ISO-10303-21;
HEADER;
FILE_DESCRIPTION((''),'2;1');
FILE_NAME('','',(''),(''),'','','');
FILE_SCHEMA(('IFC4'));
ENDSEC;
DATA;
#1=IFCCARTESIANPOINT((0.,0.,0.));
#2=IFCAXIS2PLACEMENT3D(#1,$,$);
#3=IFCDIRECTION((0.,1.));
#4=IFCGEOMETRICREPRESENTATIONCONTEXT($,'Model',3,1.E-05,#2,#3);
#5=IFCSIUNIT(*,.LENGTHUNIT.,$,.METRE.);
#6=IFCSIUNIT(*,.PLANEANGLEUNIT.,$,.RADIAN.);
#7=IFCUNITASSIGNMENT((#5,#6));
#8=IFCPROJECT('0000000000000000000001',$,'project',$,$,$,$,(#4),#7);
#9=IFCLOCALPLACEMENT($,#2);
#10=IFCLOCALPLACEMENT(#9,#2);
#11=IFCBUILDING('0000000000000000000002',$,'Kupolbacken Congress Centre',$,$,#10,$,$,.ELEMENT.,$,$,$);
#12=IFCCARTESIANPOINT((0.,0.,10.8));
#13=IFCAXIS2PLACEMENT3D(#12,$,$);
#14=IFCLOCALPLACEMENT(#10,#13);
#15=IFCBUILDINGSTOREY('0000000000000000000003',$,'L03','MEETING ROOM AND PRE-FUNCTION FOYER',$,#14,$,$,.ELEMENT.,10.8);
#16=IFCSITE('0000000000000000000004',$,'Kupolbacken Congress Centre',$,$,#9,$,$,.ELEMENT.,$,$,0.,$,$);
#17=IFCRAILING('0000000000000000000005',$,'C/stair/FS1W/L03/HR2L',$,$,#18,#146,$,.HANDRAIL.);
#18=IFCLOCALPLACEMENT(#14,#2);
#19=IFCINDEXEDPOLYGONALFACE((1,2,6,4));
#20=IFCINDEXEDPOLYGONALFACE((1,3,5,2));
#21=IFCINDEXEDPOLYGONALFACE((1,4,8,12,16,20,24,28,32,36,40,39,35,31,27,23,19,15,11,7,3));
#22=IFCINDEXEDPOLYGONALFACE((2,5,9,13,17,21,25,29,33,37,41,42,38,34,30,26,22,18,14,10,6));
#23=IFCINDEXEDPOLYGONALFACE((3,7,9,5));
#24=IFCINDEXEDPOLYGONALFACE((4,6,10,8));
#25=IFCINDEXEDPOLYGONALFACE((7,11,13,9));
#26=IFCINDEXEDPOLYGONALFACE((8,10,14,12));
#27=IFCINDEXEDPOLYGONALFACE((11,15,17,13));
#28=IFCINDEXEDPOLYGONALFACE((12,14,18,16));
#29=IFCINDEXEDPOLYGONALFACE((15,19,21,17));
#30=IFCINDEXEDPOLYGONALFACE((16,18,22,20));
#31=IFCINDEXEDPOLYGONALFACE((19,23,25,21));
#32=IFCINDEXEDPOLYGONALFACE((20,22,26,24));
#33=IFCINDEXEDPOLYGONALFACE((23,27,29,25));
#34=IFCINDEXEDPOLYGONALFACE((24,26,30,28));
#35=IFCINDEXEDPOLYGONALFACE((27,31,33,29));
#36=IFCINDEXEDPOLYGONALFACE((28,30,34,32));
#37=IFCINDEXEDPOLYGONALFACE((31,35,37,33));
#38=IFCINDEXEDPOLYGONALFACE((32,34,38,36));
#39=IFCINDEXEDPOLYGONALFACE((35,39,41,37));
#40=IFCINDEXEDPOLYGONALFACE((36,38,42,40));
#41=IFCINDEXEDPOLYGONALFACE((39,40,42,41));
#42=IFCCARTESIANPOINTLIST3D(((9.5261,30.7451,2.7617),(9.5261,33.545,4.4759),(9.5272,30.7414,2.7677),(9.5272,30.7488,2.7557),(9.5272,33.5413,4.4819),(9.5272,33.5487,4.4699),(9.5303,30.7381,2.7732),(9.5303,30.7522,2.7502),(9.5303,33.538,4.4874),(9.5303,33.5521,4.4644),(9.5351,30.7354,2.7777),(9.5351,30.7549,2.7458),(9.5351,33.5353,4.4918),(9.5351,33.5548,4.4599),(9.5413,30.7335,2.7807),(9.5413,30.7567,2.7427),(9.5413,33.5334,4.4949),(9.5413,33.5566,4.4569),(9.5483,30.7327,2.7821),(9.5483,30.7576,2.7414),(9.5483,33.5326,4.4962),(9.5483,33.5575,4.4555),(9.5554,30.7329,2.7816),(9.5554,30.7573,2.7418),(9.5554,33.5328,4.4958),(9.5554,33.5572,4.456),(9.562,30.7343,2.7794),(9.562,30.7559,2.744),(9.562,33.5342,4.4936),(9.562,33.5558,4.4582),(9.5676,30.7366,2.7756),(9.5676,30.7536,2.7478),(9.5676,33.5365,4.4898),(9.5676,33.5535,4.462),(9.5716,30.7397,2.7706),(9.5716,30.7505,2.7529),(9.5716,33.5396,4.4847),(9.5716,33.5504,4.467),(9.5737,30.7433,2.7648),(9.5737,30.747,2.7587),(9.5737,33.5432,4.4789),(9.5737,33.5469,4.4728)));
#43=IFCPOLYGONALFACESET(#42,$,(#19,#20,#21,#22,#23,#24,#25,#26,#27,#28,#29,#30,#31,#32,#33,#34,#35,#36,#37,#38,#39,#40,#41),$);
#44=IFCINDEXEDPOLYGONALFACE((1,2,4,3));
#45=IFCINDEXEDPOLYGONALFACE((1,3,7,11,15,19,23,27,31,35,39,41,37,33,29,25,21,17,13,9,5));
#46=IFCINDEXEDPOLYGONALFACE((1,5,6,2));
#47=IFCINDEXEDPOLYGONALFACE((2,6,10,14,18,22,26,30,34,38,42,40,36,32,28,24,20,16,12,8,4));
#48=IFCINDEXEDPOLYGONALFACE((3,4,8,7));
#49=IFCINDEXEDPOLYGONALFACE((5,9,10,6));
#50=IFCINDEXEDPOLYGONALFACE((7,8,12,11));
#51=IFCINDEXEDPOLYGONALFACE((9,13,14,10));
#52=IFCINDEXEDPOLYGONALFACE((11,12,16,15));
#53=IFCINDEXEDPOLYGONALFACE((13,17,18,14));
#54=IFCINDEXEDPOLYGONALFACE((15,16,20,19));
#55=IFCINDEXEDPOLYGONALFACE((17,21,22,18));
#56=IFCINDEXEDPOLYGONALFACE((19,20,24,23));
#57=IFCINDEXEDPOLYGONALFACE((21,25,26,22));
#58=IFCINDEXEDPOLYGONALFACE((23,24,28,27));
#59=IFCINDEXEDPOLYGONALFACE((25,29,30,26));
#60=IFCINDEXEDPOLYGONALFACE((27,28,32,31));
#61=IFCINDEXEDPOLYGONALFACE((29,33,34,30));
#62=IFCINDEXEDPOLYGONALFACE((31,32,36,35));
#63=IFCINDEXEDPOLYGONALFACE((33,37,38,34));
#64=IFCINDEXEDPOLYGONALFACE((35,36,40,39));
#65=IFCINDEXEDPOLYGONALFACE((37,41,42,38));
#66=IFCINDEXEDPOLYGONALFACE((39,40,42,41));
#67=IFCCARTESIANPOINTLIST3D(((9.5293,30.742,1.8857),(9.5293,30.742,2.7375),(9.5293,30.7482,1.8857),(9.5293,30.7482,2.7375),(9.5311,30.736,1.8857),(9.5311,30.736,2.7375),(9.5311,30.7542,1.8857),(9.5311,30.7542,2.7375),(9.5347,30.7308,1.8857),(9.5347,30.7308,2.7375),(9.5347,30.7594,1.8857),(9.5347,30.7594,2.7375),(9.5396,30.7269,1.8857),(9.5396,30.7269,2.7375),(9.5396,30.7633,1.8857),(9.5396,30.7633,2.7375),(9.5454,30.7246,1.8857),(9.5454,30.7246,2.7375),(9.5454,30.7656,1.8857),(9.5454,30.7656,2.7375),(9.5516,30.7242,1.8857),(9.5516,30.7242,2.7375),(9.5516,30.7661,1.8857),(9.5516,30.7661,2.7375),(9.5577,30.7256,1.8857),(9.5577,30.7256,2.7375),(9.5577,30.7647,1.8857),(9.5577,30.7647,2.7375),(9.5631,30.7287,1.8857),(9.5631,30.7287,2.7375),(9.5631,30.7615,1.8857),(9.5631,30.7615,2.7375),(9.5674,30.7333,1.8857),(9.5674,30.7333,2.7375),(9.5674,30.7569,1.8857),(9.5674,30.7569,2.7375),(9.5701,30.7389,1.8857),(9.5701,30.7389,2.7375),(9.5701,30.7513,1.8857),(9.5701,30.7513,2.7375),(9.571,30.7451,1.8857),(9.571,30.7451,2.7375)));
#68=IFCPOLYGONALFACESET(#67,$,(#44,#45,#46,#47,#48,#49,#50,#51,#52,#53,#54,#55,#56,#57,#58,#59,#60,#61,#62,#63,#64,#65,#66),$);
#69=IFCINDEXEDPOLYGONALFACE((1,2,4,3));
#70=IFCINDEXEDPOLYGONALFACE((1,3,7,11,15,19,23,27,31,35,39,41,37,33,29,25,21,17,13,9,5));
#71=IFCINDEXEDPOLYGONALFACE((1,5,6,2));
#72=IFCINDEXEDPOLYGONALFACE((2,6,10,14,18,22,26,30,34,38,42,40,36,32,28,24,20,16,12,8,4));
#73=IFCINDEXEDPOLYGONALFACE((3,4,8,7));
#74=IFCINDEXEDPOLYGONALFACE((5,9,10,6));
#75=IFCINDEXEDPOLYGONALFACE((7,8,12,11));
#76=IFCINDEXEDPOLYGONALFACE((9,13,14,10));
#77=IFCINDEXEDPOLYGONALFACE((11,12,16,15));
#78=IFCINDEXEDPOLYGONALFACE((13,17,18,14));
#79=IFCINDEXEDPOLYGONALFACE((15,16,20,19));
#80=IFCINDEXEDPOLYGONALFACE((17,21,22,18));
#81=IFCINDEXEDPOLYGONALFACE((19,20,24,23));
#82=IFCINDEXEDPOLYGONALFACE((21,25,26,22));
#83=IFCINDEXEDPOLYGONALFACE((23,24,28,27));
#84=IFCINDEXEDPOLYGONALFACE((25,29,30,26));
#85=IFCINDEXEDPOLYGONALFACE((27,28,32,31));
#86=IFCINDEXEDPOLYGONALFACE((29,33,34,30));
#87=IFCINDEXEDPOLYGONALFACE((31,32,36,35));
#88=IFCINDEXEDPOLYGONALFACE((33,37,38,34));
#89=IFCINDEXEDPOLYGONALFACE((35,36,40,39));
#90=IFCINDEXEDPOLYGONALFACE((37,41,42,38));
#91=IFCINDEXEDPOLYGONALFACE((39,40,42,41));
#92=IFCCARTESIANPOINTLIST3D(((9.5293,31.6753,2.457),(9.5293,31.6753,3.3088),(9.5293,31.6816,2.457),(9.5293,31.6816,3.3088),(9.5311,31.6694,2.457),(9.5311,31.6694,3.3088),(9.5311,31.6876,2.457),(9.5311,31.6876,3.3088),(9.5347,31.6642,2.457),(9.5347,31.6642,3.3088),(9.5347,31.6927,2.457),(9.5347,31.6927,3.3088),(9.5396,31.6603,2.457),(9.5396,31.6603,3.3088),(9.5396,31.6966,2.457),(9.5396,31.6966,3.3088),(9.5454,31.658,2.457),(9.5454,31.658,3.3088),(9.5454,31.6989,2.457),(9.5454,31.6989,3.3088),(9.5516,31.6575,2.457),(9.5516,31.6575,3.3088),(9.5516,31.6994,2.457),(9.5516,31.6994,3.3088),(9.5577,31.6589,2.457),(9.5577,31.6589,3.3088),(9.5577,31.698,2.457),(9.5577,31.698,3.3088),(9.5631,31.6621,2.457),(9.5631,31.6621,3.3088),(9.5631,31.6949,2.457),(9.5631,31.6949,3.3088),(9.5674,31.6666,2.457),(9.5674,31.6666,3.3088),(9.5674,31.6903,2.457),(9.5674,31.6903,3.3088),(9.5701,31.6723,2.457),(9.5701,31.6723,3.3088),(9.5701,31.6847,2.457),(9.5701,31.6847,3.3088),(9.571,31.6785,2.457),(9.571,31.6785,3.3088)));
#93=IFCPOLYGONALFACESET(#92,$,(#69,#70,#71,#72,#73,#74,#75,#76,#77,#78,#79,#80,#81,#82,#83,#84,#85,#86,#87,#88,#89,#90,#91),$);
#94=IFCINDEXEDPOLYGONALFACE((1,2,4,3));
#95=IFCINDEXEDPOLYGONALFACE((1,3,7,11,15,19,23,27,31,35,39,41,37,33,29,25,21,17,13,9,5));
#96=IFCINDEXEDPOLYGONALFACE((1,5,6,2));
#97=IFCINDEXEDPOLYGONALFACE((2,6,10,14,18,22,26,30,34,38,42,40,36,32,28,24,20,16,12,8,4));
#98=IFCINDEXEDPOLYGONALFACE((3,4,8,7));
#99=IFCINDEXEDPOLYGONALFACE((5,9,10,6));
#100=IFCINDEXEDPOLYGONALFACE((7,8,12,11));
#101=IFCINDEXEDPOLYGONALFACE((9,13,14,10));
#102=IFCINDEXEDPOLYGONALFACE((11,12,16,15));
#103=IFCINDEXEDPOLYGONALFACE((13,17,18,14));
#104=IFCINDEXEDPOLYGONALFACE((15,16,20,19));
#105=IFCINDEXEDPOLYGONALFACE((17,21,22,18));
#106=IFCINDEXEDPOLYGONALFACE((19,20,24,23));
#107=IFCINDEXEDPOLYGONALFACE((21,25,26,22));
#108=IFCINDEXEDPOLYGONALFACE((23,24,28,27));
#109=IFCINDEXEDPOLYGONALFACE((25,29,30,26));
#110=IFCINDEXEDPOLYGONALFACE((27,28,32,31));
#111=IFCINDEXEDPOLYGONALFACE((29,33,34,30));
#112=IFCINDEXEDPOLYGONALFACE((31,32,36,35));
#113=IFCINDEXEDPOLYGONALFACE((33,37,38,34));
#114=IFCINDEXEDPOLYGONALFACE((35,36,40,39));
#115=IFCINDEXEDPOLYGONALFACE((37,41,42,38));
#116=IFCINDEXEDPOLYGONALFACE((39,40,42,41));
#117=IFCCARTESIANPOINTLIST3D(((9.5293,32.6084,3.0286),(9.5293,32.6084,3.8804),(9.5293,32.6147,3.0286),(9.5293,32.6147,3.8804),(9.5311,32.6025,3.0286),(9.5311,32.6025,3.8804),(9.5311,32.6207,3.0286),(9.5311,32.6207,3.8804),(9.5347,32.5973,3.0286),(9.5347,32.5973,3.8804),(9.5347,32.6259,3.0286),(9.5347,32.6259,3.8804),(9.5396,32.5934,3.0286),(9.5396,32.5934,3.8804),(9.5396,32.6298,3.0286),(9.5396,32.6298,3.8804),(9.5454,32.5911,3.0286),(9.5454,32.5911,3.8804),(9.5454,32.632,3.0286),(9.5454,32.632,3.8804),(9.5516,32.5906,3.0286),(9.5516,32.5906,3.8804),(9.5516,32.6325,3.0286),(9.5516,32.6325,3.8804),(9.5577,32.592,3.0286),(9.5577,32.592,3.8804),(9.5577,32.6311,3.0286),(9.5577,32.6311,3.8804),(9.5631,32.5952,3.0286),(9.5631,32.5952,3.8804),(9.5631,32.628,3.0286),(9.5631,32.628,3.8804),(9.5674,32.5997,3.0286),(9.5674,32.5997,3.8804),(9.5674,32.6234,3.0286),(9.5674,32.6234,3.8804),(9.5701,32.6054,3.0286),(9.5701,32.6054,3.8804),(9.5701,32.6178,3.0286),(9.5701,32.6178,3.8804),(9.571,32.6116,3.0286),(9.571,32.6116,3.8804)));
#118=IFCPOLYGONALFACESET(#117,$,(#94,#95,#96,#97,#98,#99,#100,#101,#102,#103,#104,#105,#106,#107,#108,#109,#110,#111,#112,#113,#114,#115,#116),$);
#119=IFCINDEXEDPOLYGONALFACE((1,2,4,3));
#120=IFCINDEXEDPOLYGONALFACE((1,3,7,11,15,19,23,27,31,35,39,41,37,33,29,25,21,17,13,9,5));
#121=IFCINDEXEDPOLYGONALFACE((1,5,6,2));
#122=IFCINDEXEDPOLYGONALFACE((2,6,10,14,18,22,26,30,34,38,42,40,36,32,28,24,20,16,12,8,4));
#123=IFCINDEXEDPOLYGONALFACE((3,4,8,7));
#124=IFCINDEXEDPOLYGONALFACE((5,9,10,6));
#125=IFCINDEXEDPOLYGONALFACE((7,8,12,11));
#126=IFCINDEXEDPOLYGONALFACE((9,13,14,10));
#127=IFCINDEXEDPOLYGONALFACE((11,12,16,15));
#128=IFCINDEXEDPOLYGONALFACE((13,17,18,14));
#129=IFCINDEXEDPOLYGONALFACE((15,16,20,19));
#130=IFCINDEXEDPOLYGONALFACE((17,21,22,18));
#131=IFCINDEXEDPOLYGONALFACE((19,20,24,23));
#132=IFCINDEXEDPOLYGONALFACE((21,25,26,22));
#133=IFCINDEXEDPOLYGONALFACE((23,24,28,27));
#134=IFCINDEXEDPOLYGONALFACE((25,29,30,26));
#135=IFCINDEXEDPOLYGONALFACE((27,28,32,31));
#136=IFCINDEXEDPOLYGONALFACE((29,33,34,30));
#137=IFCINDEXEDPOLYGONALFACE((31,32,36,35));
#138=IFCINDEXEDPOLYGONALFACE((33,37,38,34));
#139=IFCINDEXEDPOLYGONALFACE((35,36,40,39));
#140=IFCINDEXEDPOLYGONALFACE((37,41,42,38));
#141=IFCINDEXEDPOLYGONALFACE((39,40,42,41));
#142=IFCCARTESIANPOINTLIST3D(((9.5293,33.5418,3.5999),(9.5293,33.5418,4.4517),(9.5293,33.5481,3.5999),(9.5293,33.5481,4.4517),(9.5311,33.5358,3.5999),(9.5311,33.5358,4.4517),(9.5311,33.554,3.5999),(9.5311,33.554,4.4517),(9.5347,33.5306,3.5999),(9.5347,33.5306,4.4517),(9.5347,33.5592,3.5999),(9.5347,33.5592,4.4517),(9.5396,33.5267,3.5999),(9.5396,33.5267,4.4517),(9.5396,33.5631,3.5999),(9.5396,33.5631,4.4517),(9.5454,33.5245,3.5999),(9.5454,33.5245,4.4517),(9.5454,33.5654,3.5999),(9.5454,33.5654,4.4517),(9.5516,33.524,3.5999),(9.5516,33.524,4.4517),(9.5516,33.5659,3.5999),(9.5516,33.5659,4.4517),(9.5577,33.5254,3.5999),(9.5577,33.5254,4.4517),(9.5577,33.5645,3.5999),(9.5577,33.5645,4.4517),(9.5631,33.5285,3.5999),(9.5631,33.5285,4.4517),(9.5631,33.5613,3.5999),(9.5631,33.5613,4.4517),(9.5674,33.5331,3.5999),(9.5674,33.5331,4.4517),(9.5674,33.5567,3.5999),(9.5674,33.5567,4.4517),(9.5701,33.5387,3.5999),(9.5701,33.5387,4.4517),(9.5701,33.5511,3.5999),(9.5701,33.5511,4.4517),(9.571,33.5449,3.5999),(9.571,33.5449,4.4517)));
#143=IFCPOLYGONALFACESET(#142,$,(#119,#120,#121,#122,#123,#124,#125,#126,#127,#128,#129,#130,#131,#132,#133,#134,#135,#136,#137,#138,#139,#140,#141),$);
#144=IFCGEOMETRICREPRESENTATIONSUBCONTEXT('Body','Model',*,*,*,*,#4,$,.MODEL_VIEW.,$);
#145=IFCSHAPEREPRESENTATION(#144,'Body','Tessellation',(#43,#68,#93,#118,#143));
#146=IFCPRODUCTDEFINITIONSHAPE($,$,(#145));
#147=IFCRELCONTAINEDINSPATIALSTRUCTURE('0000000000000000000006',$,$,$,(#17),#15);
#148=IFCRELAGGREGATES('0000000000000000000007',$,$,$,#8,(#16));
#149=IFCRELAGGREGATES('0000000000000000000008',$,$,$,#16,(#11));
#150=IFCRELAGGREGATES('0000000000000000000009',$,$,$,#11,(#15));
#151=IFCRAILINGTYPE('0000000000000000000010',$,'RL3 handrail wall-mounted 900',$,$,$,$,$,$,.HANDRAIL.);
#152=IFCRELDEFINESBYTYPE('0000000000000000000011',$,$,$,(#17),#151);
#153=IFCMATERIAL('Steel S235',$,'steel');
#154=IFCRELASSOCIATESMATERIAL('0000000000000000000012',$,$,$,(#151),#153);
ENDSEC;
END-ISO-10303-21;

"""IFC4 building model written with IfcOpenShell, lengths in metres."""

from ifc_helpers import new_model, si_unit, direction, frame, origin, origin_2d, place, context, subcontext, project, spatial, circle, extrude, material, type_object, element, save


model = new_model("IFC4")

# Units and contexts
model_context = context("Model", 3, precision=1e-05, world=origin(), true_north=direction((0.0, 1.0)))
body_context = subcontext(model_context, "Body", "Model", "MODEL_VIEW")
ifc_project = project(units=[si_unit("LENGTHUNIT", "METRE"), si_unit("PLANEANGLEUNIT", "RADIAN")], contexts=[model_context])

# Site, building, storey
site_placement = place(None, origin())
site = spatial("IfcSite", under=ifc_project, at=site_placement, Name="Kupolbacken Congress Centre", CompositionType="ELEMENT", RefElevation=0.0)
building_placement = place(site_placement, origin())
building = spatial("IfcBuilding", under=site, at=building_placement, Name="Kupolbacken Congress Centre", CompositionType="ELEMENT")
storey_placement = place(building_placement, frame((0.0, 0.0, 10.8)))
storey = spatial("IfcBuildingStorey", under=building, at=storey_placement, Name="L03", Description="MEETING ROOM AND PRE-FUNCTION FOYER", CompositionType="ELEMENT", Elevation=10.8)

# Railing
ifc_material_1 = material(Name="Steel S235", Category="steel")
railing_type = type_object("IfcRailingType", Name="RL3 handrail wall-mounted 900", PredefinedType="HANDRAIL", material=ifc_material_1)
railing_placement = place(storey_placement, frame((9.55, 30.7451, 1.8857)))
element("IfcRailing", 1, at=railing_placement, inside=storey, type_object=railing_type, Name="C/stair/FS1W/L03/HR2L", PredefinedType="HANDRAIL", context=body_context, shape_type="SweptSolid", body=[
    extrude(circle(Radius=0.0239, at=origin_2d()), frame((0.0, 0.0, 0.876), z_axis=(0.0, 0.852859, 0.522142), x_axis=(-1.0, 0.0, 0.0)), (0.0, 0.0, 1.0), 3.283),
    extrude(circle(Radius=0.021, at=origin_2d()), origin(), (0.0, 0.0, 1.0), 0.8518),
    extrude(circle(Radius=0.021, at=origin_2d()), frame((0.0, 0.9333, 0.5713)), (0.0, 0.0, 1.0), 0.8518),
    extrude(circle(Radius=0.021, at=origin_2d()), frame((0.0, 1.8665, 1.1428)), (0.0, 0.0, 1.0), 0.8518),
    extrude(circle(Radius=0.021, at=origin_2d()), frame((0.0, 2.7998, 1.7141)), (0.0, 0.0, 1.0), 0.8518),
])

save(model, "model.ifc")
